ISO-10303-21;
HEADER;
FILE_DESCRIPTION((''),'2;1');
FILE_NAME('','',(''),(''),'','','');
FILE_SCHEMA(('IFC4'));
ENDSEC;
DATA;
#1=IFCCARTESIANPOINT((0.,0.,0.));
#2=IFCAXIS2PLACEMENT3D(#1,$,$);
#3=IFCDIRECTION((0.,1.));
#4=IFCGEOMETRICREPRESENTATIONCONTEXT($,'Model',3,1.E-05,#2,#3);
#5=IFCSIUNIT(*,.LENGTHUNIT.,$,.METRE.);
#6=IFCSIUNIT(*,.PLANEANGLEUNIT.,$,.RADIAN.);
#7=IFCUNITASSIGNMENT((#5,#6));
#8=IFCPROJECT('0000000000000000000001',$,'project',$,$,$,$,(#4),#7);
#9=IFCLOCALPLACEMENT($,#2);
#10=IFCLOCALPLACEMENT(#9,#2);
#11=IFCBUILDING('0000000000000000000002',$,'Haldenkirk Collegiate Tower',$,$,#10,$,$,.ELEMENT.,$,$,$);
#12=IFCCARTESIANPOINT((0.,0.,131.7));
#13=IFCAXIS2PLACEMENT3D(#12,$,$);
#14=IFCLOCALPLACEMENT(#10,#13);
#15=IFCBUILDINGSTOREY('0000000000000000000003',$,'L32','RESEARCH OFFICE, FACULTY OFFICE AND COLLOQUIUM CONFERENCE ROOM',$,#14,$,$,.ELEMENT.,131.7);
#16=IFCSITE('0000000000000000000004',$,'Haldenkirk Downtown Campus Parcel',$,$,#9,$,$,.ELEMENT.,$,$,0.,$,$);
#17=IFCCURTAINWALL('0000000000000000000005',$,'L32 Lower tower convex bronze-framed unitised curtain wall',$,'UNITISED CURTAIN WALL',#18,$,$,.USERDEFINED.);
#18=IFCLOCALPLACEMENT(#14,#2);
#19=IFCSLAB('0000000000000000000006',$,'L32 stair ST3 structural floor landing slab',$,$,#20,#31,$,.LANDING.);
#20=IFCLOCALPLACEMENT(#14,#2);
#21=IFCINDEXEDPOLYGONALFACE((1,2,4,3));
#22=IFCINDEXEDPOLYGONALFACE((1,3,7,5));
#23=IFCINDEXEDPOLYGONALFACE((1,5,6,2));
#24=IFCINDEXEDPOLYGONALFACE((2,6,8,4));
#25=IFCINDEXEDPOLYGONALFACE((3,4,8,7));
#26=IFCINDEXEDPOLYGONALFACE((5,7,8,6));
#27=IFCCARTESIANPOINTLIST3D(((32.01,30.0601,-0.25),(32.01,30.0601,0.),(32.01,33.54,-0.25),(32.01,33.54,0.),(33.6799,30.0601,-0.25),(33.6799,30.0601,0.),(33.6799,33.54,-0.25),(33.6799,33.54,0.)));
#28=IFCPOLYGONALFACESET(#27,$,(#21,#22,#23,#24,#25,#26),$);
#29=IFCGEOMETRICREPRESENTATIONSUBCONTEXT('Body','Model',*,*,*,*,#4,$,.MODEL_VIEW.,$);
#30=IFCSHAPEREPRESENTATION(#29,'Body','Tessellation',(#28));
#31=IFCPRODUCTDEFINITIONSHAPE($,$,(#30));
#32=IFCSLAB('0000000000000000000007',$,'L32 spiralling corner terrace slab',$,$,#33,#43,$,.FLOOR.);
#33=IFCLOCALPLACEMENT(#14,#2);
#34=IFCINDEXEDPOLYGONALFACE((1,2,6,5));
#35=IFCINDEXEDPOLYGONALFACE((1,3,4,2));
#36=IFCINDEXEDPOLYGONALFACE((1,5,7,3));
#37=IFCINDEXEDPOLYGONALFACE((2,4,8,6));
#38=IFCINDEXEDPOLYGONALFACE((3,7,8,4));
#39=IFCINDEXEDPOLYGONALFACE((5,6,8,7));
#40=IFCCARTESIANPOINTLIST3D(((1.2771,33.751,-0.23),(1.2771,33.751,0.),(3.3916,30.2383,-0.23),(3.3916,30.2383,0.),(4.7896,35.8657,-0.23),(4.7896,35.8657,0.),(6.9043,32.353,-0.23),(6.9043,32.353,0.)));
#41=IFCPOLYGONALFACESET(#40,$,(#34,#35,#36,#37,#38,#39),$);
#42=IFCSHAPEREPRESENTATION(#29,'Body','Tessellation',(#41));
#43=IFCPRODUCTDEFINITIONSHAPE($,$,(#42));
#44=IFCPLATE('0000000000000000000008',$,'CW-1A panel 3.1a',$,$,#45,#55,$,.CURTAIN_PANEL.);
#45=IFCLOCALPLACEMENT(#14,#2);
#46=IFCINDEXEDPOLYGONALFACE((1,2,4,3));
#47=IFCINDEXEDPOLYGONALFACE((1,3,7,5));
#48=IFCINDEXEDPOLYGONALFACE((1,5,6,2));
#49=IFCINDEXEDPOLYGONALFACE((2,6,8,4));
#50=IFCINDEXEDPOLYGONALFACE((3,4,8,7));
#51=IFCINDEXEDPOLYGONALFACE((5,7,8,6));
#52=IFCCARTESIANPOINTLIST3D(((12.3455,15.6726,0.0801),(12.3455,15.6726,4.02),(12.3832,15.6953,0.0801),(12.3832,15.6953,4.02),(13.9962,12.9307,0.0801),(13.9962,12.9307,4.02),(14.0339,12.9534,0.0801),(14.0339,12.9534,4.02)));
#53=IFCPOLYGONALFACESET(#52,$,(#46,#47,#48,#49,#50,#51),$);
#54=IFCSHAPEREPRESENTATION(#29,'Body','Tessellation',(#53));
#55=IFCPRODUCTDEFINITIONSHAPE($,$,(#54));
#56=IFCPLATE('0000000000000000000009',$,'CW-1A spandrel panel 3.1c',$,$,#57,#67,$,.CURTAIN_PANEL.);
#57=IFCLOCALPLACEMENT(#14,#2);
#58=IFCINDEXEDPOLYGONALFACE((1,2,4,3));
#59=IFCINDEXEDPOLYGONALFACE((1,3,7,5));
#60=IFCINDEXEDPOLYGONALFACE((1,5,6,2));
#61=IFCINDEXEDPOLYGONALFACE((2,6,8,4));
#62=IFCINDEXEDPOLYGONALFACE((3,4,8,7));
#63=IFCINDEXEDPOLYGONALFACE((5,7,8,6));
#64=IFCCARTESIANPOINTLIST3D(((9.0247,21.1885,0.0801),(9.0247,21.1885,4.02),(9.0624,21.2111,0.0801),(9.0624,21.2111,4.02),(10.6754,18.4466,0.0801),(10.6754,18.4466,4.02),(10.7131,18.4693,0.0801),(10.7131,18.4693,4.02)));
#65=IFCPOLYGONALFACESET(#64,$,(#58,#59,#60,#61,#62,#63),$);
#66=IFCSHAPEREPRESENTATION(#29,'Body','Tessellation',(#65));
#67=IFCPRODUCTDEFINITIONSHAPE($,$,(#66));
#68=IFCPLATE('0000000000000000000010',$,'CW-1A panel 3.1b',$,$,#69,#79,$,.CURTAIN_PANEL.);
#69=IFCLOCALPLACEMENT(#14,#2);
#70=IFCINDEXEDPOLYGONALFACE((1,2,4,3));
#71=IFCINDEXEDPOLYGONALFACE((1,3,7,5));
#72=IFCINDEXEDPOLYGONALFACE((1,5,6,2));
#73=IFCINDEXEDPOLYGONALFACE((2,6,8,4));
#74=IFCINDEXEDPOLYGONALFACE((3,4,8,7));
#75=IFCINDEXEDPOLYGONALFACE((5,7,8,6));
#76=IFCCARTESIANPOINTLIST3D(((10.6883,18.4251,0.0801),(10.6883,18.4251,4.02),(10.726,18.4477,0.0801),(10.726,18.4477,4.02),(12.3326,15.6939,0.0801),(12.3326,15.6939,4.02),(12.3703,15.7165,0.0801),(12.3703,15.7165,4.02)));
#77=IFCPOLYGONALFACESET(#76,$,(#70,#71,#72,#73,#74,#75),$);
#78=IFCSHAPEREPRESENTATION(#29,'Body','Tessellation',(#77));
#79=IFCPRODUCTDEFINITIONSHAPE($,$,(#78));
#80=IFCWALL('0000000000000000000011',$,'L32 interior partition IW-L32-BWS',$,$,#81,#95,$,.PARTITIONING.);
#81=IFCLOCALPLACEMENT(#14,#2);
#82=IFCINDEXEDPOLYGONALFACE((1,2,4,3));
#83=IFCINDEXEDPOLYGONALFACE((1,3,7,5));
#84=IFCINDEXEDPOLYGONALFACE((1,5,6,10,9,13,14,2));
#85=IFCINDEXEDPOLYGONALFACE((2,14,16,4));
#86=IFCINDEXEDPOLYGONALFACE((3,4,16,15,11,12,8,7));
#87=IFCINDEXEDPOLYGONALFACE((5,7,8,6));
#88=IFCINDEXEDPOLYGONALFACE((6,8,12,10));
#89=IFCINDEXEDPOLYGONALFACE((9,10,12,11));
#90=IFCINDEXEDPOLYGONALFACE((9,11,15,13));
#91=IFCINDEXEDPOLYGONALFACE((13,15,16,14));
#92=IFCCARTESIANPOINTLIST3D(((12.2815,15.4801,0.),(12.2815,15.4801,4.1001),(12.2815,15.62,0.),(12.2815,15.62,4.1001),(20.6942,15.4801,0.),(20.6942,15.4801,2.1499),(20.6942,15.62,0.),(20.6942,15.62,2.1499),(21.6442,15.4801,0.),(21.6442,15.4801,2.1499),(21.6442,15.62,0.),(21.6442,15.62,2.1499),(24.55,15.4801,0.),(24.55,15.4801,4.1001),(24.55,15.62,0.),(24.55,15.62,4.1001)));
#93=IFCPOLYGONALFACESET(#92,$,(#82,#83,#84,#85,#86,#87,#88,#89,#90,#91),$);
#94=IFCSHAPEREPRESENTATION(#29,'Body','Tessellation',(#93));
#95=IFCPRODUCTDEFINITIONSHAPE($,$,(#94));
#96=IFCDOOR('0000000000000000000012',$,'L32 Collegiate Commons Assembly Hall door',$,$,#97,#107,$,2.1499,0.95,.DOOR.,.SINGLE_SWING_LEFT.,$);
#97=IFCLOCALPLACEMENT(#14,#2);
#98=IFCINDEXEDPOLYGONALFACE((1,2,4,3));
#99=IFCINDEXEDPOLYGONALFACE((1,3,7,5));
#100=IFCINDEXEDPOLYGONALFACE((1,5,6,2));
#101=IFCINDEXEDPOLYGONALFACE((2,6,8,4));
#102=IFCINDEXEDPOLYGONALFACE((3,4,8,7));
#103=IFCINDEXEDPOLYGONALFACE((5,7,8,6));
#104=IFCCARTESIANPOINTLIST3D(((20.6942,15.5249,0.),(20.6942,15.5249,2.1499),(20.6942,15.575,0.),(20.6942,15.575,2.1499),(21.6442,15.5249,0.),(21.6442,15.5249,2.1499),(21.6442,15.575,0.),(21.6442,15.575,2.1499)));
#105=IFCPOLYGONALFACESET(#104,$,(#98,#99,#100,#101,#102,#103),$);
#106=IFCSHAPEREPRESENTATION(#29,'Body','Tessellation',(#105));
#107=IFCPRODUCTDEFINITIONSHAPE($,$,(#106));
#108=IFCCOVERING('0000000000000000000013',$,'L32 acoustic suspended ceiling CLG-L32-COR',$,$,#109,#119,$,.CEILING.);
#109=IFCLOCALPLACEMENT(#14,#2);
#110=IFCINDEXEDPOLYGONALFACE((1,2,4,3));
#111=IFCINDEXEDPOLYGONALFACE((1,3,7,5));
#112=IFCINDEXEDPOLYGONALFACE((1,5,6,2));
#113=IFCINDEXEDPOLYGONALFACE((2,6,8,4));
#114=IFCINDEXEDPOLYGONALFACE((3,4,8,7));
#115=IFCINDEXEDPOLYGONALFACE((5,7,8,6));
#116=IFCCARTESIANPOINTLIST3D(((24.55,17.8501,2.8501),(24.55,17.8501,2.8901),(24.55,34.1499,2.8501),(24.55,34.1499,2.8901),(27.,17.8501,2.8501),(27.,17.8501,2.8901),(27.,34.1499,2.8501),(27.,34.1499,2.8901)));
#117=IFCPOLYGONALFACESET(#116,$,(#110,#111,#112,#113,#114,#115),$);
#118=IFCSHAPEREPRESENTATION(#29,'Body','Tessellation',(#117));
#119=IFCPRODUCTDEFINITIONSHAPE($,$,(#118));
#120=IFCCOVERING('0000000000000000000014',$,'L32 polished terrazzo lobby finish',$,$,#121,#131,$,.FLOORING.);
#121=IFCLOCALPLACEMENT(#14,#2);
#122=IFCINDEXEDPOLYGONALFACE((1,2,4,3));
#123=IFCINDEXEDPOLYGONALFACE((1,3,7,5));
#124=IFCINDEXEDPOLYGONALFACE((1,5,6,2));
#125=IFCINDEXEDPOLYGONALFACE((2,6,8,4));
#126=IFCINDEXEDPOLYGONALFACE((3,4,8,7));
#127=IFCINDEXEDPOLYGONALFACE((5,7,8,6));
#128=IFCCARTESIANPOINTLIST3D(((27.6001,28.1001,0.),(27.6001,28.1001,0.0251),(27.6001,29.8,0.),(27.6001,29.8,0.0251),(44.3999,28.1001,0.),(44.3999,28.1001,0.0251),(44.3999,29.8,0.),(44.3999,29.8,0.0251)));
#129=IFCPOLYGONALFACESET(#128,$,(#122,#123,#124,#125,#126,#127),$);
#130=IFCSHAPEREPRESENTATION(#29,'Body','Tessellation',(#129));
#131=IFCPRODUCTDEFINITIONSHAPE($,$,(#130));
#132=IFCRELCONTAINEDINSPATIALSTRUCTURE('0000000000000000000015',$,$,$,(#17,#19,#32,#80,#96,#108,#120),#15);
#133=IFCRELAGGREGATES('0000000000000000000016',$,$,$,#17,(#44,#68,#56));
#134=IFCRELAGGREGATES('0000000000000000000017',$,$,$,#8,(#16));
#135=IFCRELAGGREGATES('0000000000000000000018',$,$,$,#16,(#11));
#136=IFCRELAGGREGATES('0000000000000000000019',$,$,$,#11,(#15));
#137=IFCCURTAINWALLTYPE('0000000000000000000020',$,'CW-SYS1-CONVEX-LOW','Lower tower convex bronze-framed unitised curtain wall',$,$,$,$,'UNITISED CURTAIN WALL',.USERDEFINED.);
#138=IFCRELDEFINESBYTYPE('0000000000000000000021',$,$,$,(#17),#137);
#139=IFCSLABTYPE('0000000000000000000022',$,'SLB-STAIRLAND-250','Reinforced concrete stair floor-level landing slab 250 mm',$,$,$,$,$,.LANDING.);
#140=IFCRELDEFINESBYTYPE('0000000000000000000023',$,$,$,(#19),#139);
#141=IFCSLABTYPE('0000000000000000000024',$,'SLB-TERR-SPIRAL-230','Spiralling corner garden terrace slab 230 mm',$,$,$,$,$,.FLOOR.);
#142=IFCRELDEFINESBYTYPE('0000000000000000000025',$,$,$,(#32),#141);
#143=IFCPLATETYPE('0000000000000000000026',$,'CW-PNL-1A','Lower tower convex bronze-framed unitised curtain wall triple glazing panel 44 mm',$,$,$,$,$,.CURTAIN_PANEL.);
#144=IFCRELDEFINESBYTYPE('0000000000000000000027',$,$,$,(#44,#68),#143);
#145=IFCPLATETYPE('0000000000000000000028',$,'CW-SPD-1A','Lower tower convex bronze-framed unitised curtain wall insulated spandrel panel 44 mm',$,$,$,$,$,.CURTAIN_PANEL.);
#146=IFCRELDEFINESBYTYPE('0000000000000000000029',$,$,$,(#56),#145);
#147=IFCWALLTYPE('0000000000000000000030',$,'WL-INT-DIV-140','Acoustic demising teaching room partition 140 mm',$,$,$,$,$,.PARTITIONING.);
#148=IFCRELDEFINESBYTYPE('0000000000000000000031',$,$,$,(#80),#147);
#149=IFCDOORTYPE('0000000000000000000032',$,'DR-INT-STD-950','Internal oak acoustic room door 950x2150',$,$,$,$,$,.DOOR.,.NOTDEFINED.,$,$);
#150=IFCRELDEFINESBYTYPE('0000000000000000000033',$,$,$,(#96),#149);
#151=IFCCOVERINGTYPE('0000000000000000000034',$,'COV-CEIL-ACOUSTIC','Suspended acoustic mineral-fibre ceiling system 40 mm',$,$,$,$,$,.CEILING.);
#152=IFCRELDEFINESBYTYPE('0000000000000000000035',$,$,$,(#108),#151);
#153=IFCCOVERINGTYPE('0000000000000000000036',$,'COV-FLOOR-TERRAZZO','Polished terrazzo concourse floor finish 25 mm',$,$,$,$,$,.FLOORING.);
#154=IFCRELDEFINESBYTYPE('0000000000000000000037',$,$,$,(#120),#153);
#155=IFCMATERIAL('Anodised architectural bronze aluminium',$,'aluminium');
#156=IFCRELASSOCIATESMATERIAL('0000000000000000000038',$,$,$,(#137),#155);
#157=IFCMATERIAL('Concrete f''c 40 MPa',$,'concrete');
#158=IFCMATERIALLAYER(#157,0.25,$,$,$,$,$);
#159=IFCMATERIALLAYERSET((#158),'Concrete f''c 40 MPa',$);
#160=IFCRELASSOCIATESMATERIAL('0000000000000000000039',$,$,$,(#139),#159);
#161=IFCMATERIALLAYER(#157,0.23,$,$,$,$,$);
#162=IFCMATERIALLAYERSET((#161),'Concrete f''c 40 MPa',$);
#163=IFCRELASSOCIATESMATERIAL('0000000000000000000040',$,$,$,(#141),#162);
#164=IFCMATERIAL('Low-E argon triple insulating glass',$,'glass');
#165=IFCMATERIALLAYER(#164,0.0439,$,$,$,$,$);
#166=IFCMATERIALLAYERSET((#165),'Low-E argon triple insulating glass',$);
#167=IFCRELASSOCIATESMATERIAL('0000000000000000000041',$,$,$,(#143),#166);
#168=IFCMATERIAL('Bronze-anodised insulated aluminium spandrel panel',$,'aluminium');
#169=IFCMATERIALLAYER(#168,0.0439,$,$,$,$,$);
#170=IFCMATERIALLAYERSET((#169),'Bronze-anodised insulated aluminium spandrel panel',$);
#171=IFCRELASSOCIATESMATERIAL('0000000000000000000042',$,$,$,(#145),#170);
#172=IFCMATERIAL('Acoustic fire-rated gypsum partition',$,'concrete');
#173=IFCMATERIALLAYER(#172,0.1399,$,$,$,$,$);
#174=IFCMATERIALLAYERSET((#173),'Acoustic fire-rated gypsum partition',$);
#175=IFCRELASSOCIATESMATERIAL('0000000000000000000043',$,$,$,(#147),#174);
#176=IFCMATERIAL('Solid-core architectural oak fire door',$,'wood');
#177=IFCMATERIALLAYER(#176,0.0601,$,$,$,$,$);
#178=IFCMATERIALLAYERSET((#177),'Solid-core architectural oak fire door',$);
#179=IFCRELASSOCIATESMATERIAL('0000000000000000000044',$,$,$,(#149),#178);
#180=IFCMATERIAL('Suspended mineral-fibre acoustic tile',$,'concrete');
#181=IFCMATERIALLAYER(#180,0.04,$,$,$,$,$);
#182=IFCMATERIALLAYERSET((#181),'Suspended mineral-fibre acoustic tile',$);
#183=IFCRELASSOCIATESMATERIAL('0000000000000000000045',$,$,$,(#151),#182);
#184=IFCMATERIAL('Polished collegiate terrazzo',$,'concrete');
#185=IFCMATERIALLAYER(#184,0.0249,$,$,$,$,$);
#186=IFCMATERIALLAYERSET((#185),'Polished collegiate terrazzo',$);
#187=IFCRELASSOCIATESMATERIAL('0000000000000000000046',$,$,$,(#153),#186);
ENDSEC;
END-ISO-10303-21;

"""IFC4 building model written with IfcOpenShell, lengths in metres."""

from ifc_helpers import new_model, si_unit, direction, frame, frame_2d, origin, origin_2d, place, context, subcontext, project, spatial, polyline, rectangle, outline, extrude, source, transform, mapped, material, layer, layer_set, type_object, element, fill, aggregate, save


model = new_model("IFC4")

# Units and contexts
model_context = context("Model", 3, precision=1e-05, world=origin(), true_north=direction((0.0, 1.0)))
body_context = subcontext(model_context, "Body", "Model", "MODEL_VIEW")
ifc_project = project(units=[si_unit("LENGTHUNIT", "METRE"), si_unit("PLANEANGLEUNIT", "RADIAN")], contexts=[model_context])

# Site, building, storey
site_placement = place(None, origin())
site = spatial("IfcSite", under=ifc_project, at=site_placement, Name="Haldenkirk Downtown Campus Parcel", CompositionType="ELEMENT", RefElevation=0.0)
building_placement = place(site_placement, origin())
building = spatial("IfcBuilding", under=site, at=building_placement, Name="Haldenkirk Collegiate Tower", CompositionType="ELEMENT")
storey_placement = place(building_placement, frame((0.0, 0.0, 131.7)))
storey = spatial("IfcBuildingStorey", under=building, at=storey_placement, Name="L32", Description="RESEARCH OFFICE, FACULTY OFFICE AND COLLOQUIUM CONFERENCE ROOM", CompositionType="ELEMENT", Elevation=131.7)

# Curtain wall
ifc_material_1 = material(Name="Anodised architectural bronze aluminium", Category="aluminium")
curtain_wall_type = type_object("IfcCurtainWallType", Name="CW-SYS1-CONVEX-LOW", Description="Lower tower convex bronze-framed unitised curtain wall", ElementType="UNITISED CURTAIN WALL", PredefinedType="USERDEFINED", material=ifc_material_1)
curtain_wall_placement = place(storey_placement, origin())
curtain_wall = element("IfcCurtainWall", 1, at=curtain_wall_placement, inside=storey, type_object=curtain_wall_type, Name="L32 Lower tower convex bronze-framed unitised curtain wall", ObjectType="UNITISED CURTAIN WALL", PredefinedType="USERDEFINED")

# Shared definitions
ifc_material_2 = material(Name="Concrete f'c 40 MPa", Category="concrete")

# Slabs
ifc_layer_1 = layer(ifc_material_2, 0.25)
ifc_layer_set_1 = layer_set([ifc_layer_1], Name="Concrete f'c 40 MPa")
slab_type_1 = type_object("IfcSlabType", Name="SLB-STAIRLAND-250", Description="Reinforced concrete stair floor-level landing slab 250 mm", PredefinedType="LANDING", material=ifc_layer_set_1)
slab_1_placement = place(storey_placement, frame((0.0, 0.0, -0.25)))
element("IfcSlab", 2, at=slab_1_placement, inside=storey, type_object=slab_type_1, Name="L32 stair ST3 structural floor landing slab", PredefinedType="LANDING", context=body_context, shape_type="SweptSolid", body=[
    extrude(outline(polyline([(32.01, 30.0601), (33.6799, 30.0601), (33.6799, 33.54), (32.01, 33.54), (32.01, 30.0601)])), origin(), (0.0, 0.0, 1.0), 0.25),
])
ifc_layer_2 = layer(ifc_material_2, 0.23)
ifc_layer_set_2 = layer_set([ifc_layer_2], Name="Concrete f'c 40 MPa")
slab_type_2 = type_object("IfcSlabType", Name="SLB-TERR-SPIRAL-230", Description="Spiralling corner garden terrace slab 230 mm", PredefinedType="FLOOR", material=ifc_layer_set_2)
slab_2_placement = place(storey_placement, frame((0.0, 0.0, -0.23)))
element("IfcSlab", 3, at=slab_2_placement, inside=storey, type_object=slab_type_2, Name="L32 spiralling corner terrace slab", PredefinedType="FLOOR", context=body_context, shape_type="SweptSolid", body=[
    extrude(outline(polyline([(3.3916, 30.2383), (6.9043, 32.353), (4.7896, 35.8657), (1.2771, 33.751), (3.3916, 30.2383)])), origin(), (0.0, 0.0, 1.0), 0.23),
])

# Plates
ifc_material_3 = material(Name="Low-E argon triple insulating glass", Category="glass")
ifc_layer_3 = layer(ifc_material_3, 0.0439)
ifc_layer_set_3 = layer_set([ifc_layer_3], Name="Low-E argon triple insulating glass")
plate_type_1 = type_object("IfcPlateType", Name="CW-PNL-1A", Description="Lower tower convex bronze-framed unitised curtain wall triple glazing panel 44 mm", PredefinedType="CURTAIN_PANEL", material=ifc_layer_set_3)
shared_shape_1 = source(origin(), body_context, "Body", "SweptSolid", [
    extrude(rectangle(XDim=3.2004, YDim=0.0439, at=origin_2d()), origin(), (0.0, 0.0, 1.0), 3.9399),
])
plate_1_placement = place(storey_placement, frame((13.1897, 14.313, 0.0801), z_axis=(0.0, 0.0, 1.0), x_axis=(-0.515785, 0.856718, 0.0)))
plate_1 = element("IfcPlate", 4, at=plate_1_placement, type_object=plate_type_1, Name="CW-1A panel 3.1a", PredefinedType="CURTAIN_PANEL", context=body_context, shape_type="MappedRepresentation", body=[
    mapped(shared_shape_1, transform((0.0, 0.0, 0.0), x_axis=(1.0, 0.0, 0.0), y_axis=(0.0, 1.0, 0.0), z_axis=(0.0, 0.0, 1.0), scale=1.0)),
])
ifc_material_4 = material(Name="Bronze-anodised insulated aluminium spandrel panel", Category="aluminium")
ifc_layer_4 = layer(ifc_material_4, 0.0439)
ifc_layer_set_4 = layer_set([ifc_layer_4], Name="Bronze-anodised insulated aluminium spandrel panel")
plate_type_2 = type_object("IfcPlateType", Name="CW-SPD-1A", Description="Lower tower convex bronze-framed unitised curtain wall insulated spandrel panel 44 mm", PredefinedType="CURTAIN_PANEL", material=ifc_layer_set_4)
plate_2_placement = place(storey_placement, frame((9.8689, 19.8289, 0.0801), z_axis=(0.0, 0.0, 1.0), x_axis=(-0.515785, 0.856718, 0.0)))
plate_2 = element("IfcPlate", 5, at=plate_2_placement, type_object=plate_type_2, Name="CW-1A spandrel panel 3.1c", PredefinedType="CURTAIN_PANEL", context=body_context, shape_type="MappedRepresentation", body=[
    mapped(shared_shape_1, transform((0.0, 0.0, 0.0), x_axis=(1.0, 0.0, 0.0), y_axis=(0.0, 1.0, 0.0), z_axis=(0.0, 0.0, 1.0), scale=1.0)),
])
shared_shape_2 = source(origin(), body_context, "Body", "SweptSolid", [
    extrude(rectangle(XDim=3.188, YDim=0.0439, at=origin_2d()), origin(), (0.0, 0.0, 1.0), 3.9399),
])
plate_3_placement = place(storey_placement, frame((11.5293, 17.0708, 0.0801), z_axis=(0.0, 0.0, 1.0), x_axis=(-0.515785, 0.856718, 0.0)))
plate_3 = element("IfcPlate", 6, at=plate_3_placement, type_object=plate_type_1, Name="CW-1A panel 3.1b", PredefinedType="CURTAIN_PANEL", context=body_context, shape_type="MappedRepresentation", body=[
    mapped(shared_shape_2, transform((0.0, 0.0, 0.0), x_axis=(1.0, 0.0, 0.0), y_axis=(0.0, 1.0, 0.0), z_axis=(0.0, 0.0, 1.0), scale=1.0)),
])
aggregate(curtain_wall, [plate_1, plate_3, plate_2])

# Wall, opening, door
ifc_material_5 = material(Name="Acoustic fire-rated gypsum partition", Category="concrete")
ifc_layer_5 = layer(ifc_material_5, 0.1399)
ifc_layer_set_5 = layer_set([ifc_layer_5], Name="Acoustic fire-rated gypsum partition")
wall_type = type_object("IfcWallType", Name="WL-INT-DIV-140", Description="Acoustic demising teaching room partition 140 mm", PredefinedType="PARTITIONING", material=ifc_layer_set_5)
wall_placement = place(storey_placement, frame((12.2815, 15.55, 0.0), z_axis=(0.0, 0.0, 1.0), x_axis=(1.0, 0.0, 0.0)))
wall = element("IfcWall", 7, at=wall_placement, inside=storey, type_object=wall_type, Name="L32 interior partition IW-L32-BWS", PredefinedType="PARTITIONING", context=body_context, shape_type="SweptSolid", body=[
    extrude(rectangle(XDim=12.2686, YDim=0.1399, at=frame_2d((6.1343, 0.0))), origin(), (0.0, 0.0, 1.0), 4.1001),
])
opening_placement = place(wall_placement, frame((8.4126, 0.0, 0.0)))
opening = element("IfcOpeningElement", 8, at=opening_placement, cuts=wall, PredefinedType="OPENING", context=body_context, shape_type="SweptSolid", body=[
    extrude(rectangle(XDim=0.95, YDim=2.1499, at=frame_2d((0.4751, 1.075))), frame((0.0, 0.0798, 0.0), z_axis=(0.0, -1.0, 0.0), x_axis=(1.0, 0.0, 0.0)), (0.0, 0.0, 1.0), 0.1599),
])
ifc_material_6 = material(Name="Solid-core architectural oak fire door", Category="wood")
ifc_layer_6 = layer(ifc_material_6, 0.0601)
ifc_layer_set_6 = layer_set([ifc_layer_6], Name="Solid-core architectural oak fire door")
door_type = type_object("IfcDoorType", Name="DR-INT-STD-950", Description="Internal oak acoustic room door 950x2150", OperationType="NOTDEFINED", PredefinedType="DOOR", material=ifc_layer_set_6)
door_placement = place(opening_placement, origin())
door = element("IfcDoor", 9, at=door_placement, inside=storey, type_object=door_type, Name="L32 Collegiate Commons Assembly Hall door", OperationType="SINGLE_SWING_LEFT", OverallHeight=2.1499, OverallWidth=0.95, PredefinedType="DOOR", context=body_context, shape_type="SweptSolid", body=[
    extrude(rectangle(XDim=0.95, YDim=2.1499, at=frame_2d((0.4751, 1.075))), frame((0.0, 0.0249, 0.0), z_axis=(0.0, -1.0, 0.0), x_axis=(1.0, 0.0, 0.0)), (0.0, 0.0, 1.0), 0.05),
])
fill(opening, door)

# Coverings
ifc_material_7 = material(Name="Suspended mineral-fibre acoustic tile", Category="concrete")
ifc_layer_7 = layer(ifc_material_7, 0.04)
ifc_layer_set_7 = layer_set([ifc_layer_7], Name="Suspended mineral-fibre acoustic tile")
covering_type_1 = type_object("IfcCoveringType", Name="COV-CEIL-ACOUSTIC", Description="Suspended acoustic mineral-fibre ceiling system 40 mm", PredefinedType="CEILING", material=ifc_layer_set_7)
covering_1_placement = place(storey_placement, frame((0.0, 0.0, 2.8501)))
element("IfcCovering", 10, at=covering_1_placement, inside=storey, type_object=covering_type_1, Name="L32 acoustic suspended ceiling CLG-L32-COR", PredefinedType="CEILING", context=body_context, shape_type="SweptSolid", body=[
    extrude(outline(polyline([(24.55, 17.8501), (27.0, 17.8501), (27.0, 34.1499), (24.55, 34.1499), (24.55, 17.8501)])), origin(), (0.0, 0.0, 1.0), 0.04),
])
ifc_material_8 = material(Name="Polished collegiate terrazzo", Category="concrete")
ifc_layer_8 = layer(ifc_material_8, 0.0249)
ifc_layer_set_8 = layer_set([ifc_layer_8], Name="Polished collegiate terrazzo")
covering_type_2 = type_object("IfcCoveringType", Name="COV-FLOOR-TERRAZZO", Description="Polished terrazzo concourse floor finish 25 mm", PredefinedType="FLOORING", material=ifc_layer_set_8)
covering_2_placement = place(storey_placement, origin())
element("IfcCovering", 11, at=covering_2_placement, inside=storey, type_object=covering_type_2, Name="L32 polished terrazzo lobby finish", PredefinedType="FLOORING", context=body_context, shape_type="SweptSolid", body=[
    extrude(outline(polyline([(27.6001, 28.1001), (44.3999, 28.1001), (44.3999, 29.8), (27.6001, 29.8), (27.6001, 28.1001)])), origin(), (0.0, 0.0, 1.0), 0.0251),
])

save(model, "model.ifc")
